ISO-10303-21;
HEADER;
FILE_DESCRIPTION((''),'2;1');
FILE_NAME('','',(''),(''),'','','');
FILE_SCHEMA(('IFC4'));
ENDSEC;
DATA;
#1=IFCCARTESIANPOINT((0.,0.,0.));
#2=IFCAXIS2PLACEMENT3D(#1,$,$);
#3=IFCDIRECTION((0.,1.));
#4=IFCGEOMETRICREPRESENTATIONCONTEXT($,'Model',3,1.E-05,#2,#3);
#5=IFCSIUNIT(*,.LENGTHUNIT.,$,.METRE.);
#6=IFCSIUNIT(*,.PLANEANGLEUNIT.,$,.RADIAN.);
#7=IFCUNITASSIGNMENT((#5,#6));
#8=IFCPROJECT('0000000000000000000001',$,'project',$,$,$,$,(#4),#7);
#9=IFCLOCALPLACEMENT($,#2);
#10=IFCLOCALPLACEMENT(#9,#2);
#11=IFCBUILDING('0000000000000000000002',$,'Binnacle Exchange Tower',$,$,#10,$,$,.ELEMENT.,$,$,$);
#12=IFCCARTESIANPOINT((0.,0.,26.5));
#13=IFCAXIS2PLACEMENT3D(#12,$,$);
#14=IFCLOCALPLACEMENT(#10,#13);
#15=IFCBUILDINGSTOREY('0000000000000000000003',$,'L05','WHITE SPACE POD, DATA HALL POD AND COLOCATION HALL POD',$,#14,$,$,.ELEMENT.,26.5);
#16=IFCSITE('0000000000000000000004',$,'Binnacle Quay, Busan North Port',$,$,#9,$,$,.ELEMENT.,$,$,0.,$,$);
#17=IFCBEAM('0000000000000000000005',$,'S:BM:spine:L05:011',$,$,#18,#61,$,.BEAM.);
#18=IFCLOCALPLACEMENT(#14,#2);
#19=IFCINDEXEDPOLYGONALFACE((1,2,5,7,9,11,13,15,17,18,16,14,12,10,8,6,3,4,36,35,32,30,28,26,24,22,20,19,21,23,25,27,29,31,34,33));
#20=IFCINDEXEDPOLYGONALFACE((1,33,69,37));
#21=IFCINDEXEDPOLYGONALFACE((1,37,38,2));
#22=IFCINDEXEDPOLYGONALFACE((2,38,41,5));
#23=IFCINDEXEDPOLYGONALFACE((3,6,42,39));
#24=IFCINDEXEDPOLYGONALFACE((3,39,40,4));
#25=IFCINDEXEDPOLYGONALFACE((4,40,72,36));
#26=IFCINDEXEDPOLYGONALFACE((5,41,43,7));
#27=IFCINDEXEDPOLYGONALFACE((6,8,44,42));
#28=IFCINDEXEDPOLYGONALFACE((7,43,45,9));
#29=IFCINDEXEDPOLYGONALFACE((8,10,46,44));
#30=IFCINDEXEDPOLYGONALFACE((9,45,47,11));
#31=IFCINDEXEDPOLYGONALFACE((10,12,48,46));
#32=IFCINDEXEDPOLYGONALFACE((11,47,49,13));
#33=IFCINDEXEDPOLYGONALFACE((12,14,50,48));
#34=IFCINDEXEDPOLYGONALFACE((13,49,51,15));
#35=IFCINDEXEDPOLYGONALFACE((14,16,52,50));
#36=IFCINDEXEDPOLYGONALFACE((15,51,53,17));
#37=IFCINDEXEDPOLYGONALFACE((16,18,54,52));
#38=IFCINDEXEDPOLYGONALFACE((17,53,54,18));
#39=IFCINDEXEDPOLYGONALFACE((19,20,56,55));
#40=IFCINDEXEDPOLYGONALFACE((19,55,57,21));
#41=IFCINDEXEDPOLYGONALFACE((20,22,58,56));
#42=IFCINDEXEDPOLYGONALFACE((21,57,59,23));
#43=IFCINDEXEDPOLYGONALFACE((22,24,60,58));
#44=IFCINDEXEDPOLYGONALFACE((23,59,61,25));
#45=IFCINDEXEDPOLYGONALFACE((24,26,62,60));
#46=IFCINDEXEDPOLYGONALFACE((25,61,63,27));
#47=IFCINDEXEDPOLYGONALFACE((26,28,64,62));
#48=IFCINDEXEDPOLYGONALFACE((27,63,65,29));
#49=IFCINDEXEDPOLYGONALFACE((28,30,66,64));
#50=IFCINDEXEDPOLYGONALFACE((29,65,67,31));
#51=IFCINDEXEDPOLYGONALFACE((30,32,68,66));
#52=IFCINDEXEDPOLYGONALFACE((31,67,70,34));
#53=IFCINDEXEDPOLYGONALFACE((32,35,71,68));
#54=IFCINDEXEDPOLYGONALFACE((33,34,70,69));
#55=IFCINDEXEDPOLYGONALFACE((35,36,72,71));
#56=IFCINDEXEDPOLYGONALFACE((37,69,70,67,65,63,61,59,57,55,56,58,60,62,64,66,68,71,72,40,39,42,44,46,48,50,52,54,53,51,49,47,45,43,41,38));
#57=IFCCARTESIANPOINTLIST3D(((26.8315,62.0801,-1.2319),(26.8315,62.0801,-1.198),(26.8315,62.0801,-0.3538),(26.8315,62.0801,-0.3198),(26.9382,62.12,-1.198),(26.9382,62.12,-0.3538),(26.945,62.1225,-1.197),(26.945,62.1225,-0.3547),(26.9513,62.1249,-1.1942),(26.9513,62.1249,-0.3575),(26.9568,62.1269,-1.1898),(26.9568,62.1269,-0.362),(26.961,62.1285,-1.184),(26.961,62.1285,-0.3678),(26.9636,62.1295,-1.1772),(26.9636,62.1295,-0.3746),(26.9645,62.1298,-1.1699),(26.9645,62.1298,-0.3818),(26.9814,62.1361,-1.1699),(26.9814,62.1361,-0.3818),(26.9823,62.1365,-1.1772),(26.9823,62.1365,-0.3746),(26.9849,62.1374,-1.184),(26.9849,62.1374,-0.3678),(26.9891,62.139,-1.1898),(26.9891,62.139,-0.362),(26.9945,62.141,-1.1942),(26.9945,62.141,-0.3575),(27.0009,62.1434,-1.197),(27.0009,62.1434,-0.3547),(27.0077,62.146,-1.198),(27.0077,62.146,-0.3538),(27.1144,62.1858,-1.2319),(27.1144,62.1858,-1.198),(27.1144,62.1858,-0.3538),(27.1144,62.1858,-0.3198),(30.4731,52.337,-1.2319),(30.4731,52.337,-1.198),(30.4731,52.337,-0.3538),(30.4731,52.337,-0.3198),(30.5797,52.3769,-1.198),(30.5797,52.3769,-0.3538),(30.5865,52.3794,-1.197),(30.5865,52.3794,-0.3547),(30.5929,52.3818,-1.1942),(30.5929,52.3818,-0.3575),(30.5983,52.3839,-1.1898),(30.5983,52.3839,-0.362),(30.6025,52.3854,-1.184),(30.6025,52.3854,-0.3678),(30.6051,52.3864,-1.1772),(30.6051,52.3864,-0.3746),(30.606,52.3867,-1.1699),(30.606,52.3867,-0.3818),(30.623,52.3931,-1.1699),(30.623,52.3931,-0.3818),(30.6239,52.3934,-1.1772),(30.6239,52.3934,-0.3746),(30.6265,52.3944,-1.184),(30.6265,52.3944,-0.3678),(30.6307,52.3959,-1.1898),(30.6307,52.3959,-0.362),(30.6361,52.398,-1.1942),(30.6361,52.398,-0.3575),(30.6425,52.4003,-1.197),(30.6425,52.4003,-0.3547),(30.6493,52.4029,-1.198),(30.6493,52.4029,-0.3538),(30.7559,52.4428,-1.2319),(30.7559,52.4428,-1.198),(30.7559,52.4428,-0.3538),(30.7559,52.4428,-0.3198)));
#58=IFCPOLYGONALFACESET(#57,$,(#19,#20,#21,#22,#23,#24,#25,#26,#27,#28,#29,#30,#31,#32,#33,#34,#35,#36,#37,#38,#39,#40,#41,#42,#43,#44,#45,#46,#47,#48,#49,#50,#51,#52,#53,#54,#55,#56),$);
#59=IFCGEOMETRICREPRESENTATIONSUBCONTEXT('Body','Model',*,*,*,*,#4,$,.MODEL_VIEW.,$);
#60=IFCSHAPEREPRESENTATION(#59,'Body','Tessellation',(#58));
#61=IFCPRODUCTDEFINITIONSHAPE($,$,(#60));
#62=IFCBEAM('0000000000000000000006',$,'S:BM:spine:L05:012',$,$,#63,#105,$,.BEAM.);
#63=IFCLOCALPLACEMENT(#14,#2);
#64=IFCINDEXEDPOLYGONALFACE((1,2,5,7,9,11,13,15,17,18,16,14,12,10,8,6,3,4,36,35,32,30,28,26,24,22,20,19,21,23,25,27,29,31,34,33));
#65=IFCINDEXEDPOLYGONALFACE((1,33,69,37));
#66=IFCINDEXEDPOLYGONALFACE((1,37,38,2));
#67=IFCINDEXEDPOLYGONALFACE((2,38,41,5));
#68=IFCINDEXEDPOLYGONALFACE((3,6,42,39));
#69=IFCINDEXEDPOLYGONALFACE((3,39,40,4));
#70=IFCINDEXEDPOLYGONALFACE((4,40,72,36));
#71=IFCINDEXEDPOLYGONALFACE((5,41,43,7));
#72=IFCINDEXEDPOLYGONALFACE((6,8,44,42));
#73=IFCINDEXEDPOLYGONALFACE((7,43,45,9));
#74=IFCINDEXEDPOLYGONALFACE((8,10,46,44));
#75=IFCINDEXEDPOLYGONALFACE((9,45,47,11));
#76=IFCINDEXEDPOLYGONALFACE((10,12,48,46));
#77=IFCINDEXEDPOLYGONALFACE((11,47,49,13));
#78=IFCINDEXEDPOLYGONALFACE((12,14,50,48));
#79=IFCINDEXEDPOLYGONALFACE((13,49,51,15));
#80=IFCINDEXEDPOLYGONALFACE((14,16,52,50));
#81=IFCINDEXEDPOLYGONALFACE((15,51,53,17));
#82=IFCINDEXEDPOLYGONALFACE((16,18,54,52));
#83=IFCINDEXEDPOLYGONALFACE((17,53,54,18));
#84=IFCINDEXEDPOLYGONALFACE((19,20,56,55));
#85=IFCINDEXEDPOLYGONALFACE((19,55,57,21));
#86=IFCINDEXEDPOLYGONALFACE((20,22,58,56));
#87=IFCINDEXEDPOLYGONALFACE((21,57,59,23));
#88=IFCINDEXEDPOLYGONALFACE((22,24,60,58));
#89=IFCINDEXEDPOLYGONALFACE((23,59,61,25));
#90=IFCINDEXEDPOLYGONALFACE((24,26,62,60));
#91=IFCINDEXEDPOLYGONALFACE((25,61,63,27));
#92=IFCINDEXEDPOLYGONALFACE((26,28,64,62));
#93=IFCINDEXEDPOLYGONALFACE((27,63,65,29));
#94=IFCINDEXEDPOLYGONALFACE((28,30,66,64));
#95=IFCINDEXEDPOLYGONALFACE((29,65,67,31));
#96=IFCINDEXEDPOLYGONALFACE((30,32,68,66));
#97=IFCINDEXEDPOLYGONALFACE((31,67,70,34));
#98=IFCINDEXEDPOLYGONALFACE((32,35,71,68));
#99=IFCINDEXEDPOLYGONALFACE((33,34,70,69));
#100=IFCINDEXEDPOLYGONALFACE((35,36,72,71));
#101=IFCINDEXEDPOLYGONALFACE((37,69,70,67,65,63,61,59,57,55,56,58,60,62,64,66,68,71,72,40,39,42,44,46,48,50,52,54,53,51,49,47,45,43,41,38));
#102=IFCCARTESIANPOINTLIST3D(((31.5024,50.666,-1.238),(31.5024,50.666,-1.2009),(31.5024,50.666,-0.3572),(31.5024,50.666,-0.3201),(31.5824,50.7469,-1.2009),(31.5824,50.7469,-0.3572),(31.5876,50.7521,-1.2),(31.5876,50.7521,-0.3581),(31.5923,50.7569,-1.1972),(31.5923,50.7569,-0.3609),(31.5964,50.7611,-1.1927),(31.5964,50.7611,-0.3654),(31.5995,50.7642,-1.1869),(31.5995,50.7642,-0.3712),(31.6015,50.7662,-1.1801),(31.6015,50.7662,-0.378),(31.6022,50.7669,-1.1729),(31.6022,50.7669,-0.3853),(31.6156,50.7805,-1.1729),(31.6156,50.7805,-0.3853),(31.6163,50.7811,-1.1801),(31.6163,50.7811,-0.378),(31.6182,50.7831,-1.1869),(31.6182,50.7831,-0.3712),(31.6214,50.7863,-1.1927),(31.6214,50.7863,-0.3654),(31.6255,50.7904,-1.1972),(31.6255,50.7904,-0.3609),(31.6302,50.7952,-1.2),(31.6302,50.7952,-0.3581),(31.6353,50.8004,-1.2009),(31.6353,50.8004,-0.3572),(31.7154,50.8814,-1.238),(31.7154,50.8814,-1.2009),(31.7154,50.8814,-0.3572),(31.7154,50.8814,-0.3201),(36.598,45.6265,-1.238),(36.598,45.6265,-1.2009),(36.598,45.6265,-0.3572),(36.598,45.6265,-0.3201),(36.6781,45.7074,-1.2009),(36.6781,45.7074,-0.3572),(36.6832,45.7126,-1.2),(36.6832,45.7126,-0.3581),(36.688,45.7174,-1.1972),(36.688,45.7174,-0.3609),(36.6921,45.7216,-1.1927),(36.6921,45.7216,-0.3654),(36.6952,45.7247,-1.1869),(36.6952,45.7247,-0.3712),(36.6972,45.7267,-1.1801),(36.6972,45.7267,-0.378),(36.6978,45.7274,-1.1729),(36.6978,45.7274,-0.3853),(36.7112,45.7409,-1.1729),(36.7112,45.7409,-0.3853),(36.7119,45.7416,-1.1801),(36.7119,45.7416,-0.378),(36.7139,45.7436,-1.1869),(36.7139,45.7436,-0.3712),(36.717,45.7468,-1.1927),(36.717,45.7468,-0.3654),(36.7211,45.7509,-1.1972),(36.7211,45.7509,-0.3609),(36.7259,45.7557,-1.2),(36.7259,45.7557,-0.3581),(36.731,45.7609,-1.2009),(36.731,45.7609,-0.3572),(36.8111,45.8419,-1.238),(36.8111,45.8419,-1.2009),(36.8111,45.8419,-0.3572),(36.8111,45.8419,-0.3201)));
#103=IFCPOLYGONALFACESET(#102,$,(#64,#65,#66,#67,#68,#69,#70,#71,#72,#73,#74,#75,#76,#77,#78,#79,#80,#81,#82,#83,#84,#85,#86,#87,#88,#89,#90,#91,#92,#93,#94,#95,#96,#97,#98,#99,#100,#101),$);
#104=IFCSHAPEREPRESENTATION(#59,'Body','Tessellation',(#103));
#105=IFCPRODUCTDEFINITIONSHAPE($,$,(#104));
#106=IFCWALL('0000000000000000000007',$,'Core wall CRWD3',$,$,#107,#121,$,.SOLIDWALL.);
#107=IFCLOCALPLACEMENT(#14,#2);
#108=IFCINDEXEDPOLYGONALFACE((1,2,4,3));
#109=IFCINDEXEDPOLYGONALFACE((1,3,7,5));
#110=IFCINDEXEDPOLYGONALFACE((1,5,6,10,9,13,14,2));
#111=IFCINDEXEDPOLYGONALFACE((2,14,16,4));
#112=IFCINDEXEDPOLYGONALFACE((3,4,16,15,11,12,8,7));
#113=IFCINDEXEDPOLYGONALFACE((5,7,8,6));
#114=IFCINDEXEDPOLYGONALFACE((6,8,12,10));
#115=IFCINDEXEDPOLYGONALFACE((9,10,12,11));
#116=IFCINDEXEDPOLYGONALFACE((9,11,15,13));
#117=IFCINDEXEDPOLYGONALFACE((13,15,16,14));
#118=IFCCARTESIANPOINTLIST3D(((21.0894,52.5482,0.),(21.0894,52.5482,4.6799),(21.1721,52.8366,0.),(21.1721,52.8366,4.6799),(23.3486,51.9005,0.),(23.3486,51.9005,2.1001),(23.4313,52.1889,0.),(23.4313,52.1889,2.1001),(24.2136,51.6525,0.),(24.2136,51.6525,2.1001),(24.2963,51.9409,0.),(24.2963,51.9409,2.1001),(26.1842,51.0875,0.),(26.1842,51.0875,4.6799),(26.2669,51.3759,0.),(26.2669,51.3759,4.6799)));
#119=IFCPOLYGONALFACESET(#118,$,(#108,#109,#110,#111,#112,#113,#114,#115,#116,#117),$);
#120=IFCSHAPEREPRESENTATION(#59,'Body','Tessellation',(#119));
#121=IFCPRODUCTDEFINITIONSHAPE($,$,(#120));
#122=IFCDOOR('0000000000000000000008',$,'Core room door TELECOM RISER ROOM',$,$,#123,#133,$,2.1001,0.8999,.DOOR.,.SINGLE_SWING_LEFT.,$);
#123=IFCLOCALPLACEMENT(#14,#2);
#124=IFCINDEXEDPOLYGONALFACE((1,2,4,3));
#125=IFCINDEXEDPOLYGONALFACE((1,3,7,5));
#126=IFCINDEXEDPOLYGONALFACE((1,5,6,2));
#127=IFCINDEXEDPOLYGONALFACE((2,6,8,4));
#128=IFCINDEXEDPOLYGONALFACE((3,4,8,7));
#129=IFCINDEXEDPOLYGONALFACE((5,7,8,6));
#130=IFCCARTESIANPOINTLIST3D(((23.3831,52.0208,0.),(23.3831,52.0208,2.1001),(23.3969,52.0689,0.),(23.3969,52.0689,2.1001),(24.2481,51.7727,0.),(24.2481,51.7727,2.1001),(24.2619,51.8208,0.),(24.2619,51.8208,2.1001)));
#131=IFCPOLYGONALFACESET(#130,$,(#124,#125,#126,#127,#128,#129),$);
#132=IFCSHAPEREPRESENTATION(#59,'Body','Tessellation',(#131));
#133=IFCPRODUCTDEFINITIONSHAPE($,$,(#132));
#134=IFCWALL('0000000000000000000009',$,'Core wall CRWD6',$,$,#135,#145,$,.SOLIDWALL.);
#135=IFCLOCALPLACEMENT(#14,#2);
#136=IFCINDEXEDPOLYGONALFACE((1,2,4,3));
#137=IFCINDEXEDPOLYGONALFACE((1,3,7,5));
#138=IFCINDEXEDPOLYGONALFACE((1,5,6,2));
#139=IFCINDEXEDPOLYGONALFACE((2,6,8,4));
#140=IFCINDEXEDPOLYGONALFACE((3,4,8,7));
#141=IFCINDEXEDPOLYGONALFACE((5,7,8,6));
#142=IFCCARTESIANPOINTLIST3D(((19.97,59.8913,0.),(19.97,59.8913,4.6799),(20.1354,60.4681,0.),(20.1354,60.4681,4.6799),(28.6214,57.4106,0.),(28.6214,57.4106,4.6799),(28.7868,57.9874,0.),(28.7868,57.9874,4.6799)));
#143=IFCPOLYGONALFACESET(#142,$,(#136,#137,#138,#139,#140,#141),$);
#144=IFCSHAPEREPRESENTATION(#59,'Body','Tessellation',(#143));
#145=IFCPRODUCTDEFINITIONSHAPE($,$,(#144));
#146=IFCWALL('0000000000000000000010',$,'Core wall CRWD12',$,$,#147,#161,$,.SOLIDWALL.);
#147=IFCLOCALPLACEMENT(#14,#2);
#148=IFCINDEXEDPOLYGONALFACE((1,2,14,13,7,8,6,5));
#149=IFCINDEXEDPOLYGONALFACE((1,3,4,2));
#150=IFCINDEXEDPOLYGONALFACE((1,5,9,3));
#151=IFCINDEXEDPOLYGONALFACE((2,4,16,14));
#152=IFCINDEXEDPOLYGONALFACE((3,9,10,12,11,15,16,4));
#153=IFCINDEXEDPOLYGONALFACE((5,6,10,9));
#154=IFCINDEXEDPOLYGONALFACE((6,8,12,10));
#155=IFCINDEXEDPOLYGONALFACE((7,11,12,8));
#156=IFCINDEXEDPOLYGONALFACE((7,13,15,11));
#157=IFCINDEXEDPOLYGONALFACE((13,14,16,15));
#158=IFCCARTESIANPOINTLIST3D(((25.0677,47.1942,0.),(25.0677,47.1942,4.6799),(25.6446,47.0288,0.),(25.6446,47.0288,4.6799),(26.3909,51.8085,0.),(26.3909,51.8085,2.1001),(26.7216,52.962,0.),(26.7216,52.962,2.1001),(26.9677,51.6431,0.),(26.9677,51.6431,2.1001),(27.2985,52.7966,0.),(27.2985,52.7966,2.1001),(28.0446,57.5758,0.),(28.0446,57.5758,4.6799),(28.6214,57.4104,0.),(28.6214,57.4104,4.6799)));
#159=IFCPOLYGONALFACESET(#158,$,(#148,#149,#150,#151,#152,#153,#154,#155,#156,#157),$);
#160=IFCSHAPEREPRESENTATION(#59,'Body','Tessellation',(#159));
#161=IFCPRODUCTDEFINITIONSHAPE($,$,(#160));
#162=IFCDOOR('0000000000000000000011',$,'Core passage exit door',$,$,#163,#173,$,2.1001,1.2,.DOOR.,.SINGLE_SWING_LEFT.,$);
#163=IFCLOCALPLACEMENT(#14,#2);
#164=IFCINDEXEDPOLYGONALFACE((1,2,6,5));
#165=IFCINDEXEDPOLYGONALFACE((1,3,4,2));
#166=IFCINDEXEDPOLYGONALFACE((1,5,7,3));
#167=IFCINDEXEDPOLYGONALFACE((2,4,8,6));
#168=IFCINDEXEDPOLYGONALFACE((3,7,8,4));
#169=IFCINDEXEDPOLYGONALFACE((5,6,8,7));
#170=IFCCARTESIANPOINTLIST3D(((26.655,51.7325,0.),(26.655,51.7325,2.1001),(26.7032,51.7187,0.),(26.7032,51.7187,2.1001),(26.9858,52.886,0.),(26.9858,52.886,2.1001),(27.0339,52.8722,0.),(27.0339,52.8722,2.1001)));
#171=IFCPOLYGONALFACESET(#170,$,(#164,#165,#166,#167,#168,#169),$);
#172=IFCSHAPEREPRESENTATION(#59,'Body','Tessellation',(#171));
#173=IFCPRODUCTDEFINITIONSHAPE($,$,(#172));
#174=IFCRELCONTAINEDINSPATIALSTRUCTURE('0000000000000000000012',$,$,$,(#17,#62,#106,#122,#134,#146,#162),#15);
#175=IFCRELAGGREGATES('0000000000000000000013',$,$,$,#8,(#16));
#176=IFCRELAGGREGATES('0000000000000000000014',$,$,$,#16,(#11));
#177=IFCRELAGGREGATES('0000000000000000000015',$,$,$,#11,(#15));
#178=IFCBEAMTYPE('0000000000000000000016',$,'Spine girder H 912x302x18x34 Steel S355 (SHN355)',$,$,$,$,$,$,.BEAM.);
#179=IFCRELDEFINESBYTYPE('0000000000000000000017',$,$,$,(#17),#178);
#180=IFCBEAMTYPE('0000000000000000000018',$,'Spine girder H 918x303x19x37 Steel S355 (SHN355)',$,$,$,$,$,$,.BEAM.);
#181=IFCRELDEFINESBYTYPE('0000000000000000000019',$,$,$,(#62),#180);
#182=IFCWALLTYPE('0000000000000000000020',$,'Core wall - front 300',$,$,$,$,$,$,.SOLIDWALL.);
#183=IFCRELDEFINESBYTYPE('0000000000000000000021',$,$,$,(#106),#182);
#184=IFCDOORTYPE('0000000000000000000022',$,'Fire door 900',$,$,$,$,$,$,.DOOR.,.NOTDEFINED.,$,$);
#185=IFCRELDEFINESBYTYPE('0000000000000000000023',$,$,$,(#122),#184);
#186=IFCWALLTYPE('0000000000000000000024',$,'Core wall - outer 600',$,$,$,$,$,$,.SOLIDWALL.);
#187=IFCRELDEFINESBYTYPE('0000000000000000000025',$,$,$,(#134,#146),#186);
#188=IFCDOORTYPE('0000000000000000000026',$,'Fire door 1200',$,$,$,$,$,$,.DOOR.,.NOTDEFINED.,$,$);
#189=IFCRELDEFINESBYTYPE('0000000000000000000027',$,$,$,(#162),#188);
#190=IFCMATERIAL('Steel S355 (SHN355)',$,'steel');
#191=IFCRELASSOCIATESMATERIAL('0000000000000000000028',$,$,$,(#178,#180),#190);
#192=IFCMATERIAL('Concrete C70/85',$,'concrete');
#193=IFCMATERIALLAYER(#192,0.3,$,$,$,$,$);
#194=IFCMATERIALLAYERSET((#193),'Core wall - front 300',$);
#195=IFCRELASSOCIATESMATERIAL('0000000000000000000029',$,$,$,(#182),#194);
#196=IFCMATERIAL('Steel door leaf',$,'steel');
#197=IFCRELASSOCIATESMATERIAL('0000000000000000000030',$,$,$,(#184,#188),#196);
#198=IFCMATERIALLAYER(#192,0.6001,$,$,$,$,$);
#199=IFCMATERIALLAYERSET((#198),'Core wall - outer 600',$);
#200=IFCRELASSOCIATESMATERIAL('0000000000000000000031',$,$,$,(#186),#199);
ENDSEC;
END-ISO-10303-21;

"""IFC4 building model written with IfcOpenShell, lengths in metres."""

from ifc_helpers import new_model, si_unit, direction, frame, frame_2d, origin, origin_2d, place, context, subcontext, project, spatial, rectangle, i_section, extrude, material, layer, layer_set, material_profile, profile_set, type_object, element, fill, save


model = new_model("IFC4")

# Units and contexts
model_context = context("Model", 3, precision=1e-05, world=origin(), true_north=direction((0.0, 1.0)))
body_context = subcontext(model_context, "Body", "Model", "MODEL_VIEW")
ifc_project = project(units=[si_unit("LENGTHUNIT", "METRE"), si_unit("PLANEANGLEUNIT", "RADIAN")], contexts=[model_context])

# Site, building, storey
site_placement = place(None, origin())
site = spatial("IfcSite", under=ifc_project, at=site_placement, Name="Binnacle Quay, Busan North Port", CompositionType="ELEMENT", RefElevation=0.0)
building_placement = place(site_placement, origin())
building = spatial("IfcBuilding", under=site, at=building_placement, Name="Binnacle Exchange Tower", CompositionType="ELEMENT")
storey_placement = place(building_placement, frame((0.0, 0.0, 26.5)))
storey = spatial("IfcBuildingStorey", under=building, at=storey_placement, Name="L05", Description="WHITE SPACE POD, DATA HALL POD AND COLOCATION HALL POD", CompositionType="ELEMENT", Elevation=26.5)

# Shared definitions
ifc_material_1 = material(Name="Concrete C70/85", Category="concrete")

# Beams
ifc_material_2 = material(Name="Steel S355 (SHN355)", Category="steel")
ifc_material_profile_1 = material_profile(ifc_material_2, i_section(OverallWidth=0.302, OverallDepth=0.9121, WebThickness=0.0181, FlangeThickness=0.0339, FilletRadius=0.0281, at=origin_2d()), Name="H 912x302x18x34")
ifc_profile_set_1 = profile_set([ifc_material_profile_1], Name="Steel S355 (SHN355)")
beam_type_1 = type_object("IfcBeamType", Name="Spine girder H 912x302x18x34 Steel S355 (SHN355)", PredefinedType="BEAM", material=ifc_profile_set_1)
beam_1_placement = place(storey_placement, frame((30.6145, 52.3899, -0.7759), z_axis=(-0.350105, 0.936711, 0.0), x_axis=(-0.936711, -0.350105, 0.0)))
element("IfcBeam", 1, at=beam_1_placement, inside=storey, type_object=beam_type_1, Name="S:BM:spine:L05:011", PredefinedType="BEAM", context=body_context, shape_type="SweptSolid", body=[
    extrude(i_section(OverallWidth=0.302, OverallDepth=0.9121, WebThickness=0.0181, FlangeThickness=0.0339, FilletRadius=0.0281, at=origin_2d()), origin(), (0.0, 0.0, 1.0), 10.4014),
])
ifc_material_profile_2 = material_profile(ifc_material_2, i_section(OverallWidth=0.303, OverallDepth=0.918, WebThickness=0.019, FlangeThickness=0.0371, FilletRadius=0.0281, at=origin_2d()), Name="H 918x303x19x37")
ifc_profile_set_2 = profile_set([ifc_material_profile_2], Name="Steel S355 (SHN355)")
beam_type_2 = type_object("IfcBeamType", Name="Spine girder H 918x303x19x37 Steel S355 (SHN355)", PredefinedType="BEAM", material=ifc_profile_set_2)
beam_2_placement = place(storey_placement, frame((31.6089, 50.7737, -0.7791), z_axis=(0.711013, -0.703178, 0.0), x_axis=(0.703178, 0.711013, 0.0)))
element("IfcBeam", 2, at=beam_2_placement, inside=storey, type_object=beam_type_2, Name="S:BM:spine:L05:012", PredefinedType="BEAM", context=body_context, shape_type="SweptSolid", body=[
    extrude(i_section(OverallWidth=0.303, OverallDepth=0.918, WebThickness=0.019, FlangeThickness=0.0371, FilletRadius=0.0281, at=origin_2d()), origin(), (0.0, 0.0, 1.0), 7.1667),
])

# Wall, opening, door
ifc_layer_1 = layer(ifc_material_1, 0.3)
ifc_layer_set_1 = layer_set([ifc_layer_1], Name="Core wall - front 300")
wall_type_1 = type_object("IfcWallType", Name="Core wall - front 300", PredefinedType="SOLIDWALL", material=ifc_layer_set_1)
wall_1_placement = place(storey_placement, frame((21.1309, 52.6924, 0.0), z_axis=(0.0, 0.0, 1.0), x_axis=(0.961271, -0.275603, 0.0)))
wall_1 = element("IfcWall", 3, at=wall_1_placement, inside=storey, type_object=wall_type_1, Name="Core wall CRWD3", PredefinedType="SOLIDWALL", context=body_context, shape_type="SweptSolid", body=[
    extrude(rectangle(XDim=5.3, YDim=0.3, at=frame_2d((2.6499, 0.0))), origin(), (0.0, 0.0, 1.0), 4.6799),
])
opening_1_placement = place(wall_1_placement, frame((2.3501, 0.0, 0.0)))
opening_1 = element("IfcOpeningElement", 4, at=opening_1_placement, cuts=wall_1, PredefinedType="OPENING", context=body_context, shape_type="SweptSolid", body=[
    extrude(rectangle(XDim=0.8999, YDim=2.1001, at=frame_2d((0.45, 1.05))), frame((0.0, 0.1599, 0.0), z_axis=(0.0, -1.0, 0.0), x_axis=(1.0, 0.0, 0.0)), (0.0, 0.0, 1.0), 0.3201),
])
ifc_material_3 = material(Name="Steel door leaf", Category="steel")
door_type_1 = type_object("IfcDoorType", Name="Fire door 900", OperationType="NOTDEFINED", PredefinedType="DOOR", material=ifc_material_3)
door_1_placement = place(opening_1_placement, frame((0.8999, 0.0, 0.0), z_axis=(0.0, 0.0, 1.0), x_axis=(-1.0, 0.0, 0.0)))
door_1 = element("IfcDoor", 5, at=door_1_placement, inside=storey, type_object=door_type_1, Name="Core room door TELECOM RISER ROOM", OperationType="SINGLE_SWING_LEFT", OverallHeight=2.1001, OverallWidth=0.8999, PredefinedType="DOOR", context=body_context, shape_type="SweptSolid", body=[
    extrude(rectangle(XDim=0.8999, YDim=2.1001, at=frame_2d((0.45, 1.05))), frame((0.0, 0.0249, 0.0), z_axis=(0.0, -1.0, 0.0), x_axis=(1.0, 0.0, 0.0)), (0.0, 0.0, 1.0), 0.05),
])
fill(opening_1, door_1)

# Wall
ifc_layer_2 = layer(ifc_material_1, 0.6001)
ifc_layer_set_2 = layer_set([ifc_layer_2], Name="Core wall - outer 600")
wall_type_2 = type_object("IfcWallType", Name="Core wall - outer 600", PredefinedType="SOLIDWALL", material=ifc_layer_set_2)
wall_2_placement = place(storey_placement, frame((20.0527, 60.1797, 0.0), z_axis=(0.0, 0.0, 1.0), x_axis=(0.961262, -0.275635, 0.0)))
element("IfcWall", 6, at=wall_2_placement, inside=storey, type_object=wall_type_2, Name="Core wall CRWD6", PredefinedType="SOLIDWALL", context=body_context, shape_type="SweptSolid", body=[
    extrude(rectangle(XDim=9.0, YDim=0.6001, at=frame_2d((4.5, 0.0))), origin(), (0.0, 0.0, 1.0), 4.6799),
])

# Wall, opening, door
wall_3_placement = place(storey_placement, frame((25.3562, 47.1116, 0.0), z_axis=(0.0, 0.0, 1.0), x_axis=(0.275632, 0.961263, 0.0)))
wall_3 = element("IfcWall", 7, at=wall_3_placement, inside=storey, type_object=wall_type_2, Name="Core wall CRWD12", PredefinedType="SOLIDWALL", context=body_context, shape_type="SweptSolid", body=[
    extrude(rectangle(XDim=10.8, YDim=0.6001, at=frame_2d((5.3999, 0.0))), origin(), (0.0, 0.0, 1.0), 4.6799),
])
opening_2_placement = place(wall_3_placement, frame((4.8, 0.0, 0.0)))
opening_2 = element("IfcOpeningElement", 8, at=opening_2_placement, cuts=wall_3, PredefinedType="OPENING", context=body_context, shape_type="SweptSolid", body=[
    extrude(rectangle(XDim=1.2, YDim=2.1001, at=frame_2d((0.6001, 1.05))), frame((0.0, 0.3101, 0.0), z_axis=(0.0, -1.0, 0.0), x_axis=(1.0, 0.0, 0.0)), (0.0, 0.0, 1.0), 0.6201),
])
door_type_2 = type_object("IfcDoorType", Name="Fire door 1200", OperationType="NOTDEFINED", PredefinedType="DOOR", material=ifc_material_3)
door_2_placement = place(opening_2_placement, frame((1.2, 0.0, 0.0), z_axis=(0.0, 0.0, 1.0), x_axis=(-1.0, 0.0, 0.0)))
door_2 = element("IfcDoor", 9, at=door_2_placement, inside=storey, type_object=door_type_2, Name="Core passage exit door", OperationType="SINGLE_SWING_LEFT", OverallHeight=2.1001, OverallWidth=1.2, PredefinedType="DOOR", context=body_context, shape_type="SweptSolid", body=[
    extrude(rectangle(XDim=1.2, YDim=2.1001, at=frame_2d((0.6001, 1.05))), frame((0.0, 0.0249, 0.0), z_axis=(0.0, -1.0, 0.0), x_axis=(1.0, 0.0, 0.0)), (0.0, 0.0, 1.0), 0.05),
])
fill(opening_2, door_2)

save(model, "model.ifc")
